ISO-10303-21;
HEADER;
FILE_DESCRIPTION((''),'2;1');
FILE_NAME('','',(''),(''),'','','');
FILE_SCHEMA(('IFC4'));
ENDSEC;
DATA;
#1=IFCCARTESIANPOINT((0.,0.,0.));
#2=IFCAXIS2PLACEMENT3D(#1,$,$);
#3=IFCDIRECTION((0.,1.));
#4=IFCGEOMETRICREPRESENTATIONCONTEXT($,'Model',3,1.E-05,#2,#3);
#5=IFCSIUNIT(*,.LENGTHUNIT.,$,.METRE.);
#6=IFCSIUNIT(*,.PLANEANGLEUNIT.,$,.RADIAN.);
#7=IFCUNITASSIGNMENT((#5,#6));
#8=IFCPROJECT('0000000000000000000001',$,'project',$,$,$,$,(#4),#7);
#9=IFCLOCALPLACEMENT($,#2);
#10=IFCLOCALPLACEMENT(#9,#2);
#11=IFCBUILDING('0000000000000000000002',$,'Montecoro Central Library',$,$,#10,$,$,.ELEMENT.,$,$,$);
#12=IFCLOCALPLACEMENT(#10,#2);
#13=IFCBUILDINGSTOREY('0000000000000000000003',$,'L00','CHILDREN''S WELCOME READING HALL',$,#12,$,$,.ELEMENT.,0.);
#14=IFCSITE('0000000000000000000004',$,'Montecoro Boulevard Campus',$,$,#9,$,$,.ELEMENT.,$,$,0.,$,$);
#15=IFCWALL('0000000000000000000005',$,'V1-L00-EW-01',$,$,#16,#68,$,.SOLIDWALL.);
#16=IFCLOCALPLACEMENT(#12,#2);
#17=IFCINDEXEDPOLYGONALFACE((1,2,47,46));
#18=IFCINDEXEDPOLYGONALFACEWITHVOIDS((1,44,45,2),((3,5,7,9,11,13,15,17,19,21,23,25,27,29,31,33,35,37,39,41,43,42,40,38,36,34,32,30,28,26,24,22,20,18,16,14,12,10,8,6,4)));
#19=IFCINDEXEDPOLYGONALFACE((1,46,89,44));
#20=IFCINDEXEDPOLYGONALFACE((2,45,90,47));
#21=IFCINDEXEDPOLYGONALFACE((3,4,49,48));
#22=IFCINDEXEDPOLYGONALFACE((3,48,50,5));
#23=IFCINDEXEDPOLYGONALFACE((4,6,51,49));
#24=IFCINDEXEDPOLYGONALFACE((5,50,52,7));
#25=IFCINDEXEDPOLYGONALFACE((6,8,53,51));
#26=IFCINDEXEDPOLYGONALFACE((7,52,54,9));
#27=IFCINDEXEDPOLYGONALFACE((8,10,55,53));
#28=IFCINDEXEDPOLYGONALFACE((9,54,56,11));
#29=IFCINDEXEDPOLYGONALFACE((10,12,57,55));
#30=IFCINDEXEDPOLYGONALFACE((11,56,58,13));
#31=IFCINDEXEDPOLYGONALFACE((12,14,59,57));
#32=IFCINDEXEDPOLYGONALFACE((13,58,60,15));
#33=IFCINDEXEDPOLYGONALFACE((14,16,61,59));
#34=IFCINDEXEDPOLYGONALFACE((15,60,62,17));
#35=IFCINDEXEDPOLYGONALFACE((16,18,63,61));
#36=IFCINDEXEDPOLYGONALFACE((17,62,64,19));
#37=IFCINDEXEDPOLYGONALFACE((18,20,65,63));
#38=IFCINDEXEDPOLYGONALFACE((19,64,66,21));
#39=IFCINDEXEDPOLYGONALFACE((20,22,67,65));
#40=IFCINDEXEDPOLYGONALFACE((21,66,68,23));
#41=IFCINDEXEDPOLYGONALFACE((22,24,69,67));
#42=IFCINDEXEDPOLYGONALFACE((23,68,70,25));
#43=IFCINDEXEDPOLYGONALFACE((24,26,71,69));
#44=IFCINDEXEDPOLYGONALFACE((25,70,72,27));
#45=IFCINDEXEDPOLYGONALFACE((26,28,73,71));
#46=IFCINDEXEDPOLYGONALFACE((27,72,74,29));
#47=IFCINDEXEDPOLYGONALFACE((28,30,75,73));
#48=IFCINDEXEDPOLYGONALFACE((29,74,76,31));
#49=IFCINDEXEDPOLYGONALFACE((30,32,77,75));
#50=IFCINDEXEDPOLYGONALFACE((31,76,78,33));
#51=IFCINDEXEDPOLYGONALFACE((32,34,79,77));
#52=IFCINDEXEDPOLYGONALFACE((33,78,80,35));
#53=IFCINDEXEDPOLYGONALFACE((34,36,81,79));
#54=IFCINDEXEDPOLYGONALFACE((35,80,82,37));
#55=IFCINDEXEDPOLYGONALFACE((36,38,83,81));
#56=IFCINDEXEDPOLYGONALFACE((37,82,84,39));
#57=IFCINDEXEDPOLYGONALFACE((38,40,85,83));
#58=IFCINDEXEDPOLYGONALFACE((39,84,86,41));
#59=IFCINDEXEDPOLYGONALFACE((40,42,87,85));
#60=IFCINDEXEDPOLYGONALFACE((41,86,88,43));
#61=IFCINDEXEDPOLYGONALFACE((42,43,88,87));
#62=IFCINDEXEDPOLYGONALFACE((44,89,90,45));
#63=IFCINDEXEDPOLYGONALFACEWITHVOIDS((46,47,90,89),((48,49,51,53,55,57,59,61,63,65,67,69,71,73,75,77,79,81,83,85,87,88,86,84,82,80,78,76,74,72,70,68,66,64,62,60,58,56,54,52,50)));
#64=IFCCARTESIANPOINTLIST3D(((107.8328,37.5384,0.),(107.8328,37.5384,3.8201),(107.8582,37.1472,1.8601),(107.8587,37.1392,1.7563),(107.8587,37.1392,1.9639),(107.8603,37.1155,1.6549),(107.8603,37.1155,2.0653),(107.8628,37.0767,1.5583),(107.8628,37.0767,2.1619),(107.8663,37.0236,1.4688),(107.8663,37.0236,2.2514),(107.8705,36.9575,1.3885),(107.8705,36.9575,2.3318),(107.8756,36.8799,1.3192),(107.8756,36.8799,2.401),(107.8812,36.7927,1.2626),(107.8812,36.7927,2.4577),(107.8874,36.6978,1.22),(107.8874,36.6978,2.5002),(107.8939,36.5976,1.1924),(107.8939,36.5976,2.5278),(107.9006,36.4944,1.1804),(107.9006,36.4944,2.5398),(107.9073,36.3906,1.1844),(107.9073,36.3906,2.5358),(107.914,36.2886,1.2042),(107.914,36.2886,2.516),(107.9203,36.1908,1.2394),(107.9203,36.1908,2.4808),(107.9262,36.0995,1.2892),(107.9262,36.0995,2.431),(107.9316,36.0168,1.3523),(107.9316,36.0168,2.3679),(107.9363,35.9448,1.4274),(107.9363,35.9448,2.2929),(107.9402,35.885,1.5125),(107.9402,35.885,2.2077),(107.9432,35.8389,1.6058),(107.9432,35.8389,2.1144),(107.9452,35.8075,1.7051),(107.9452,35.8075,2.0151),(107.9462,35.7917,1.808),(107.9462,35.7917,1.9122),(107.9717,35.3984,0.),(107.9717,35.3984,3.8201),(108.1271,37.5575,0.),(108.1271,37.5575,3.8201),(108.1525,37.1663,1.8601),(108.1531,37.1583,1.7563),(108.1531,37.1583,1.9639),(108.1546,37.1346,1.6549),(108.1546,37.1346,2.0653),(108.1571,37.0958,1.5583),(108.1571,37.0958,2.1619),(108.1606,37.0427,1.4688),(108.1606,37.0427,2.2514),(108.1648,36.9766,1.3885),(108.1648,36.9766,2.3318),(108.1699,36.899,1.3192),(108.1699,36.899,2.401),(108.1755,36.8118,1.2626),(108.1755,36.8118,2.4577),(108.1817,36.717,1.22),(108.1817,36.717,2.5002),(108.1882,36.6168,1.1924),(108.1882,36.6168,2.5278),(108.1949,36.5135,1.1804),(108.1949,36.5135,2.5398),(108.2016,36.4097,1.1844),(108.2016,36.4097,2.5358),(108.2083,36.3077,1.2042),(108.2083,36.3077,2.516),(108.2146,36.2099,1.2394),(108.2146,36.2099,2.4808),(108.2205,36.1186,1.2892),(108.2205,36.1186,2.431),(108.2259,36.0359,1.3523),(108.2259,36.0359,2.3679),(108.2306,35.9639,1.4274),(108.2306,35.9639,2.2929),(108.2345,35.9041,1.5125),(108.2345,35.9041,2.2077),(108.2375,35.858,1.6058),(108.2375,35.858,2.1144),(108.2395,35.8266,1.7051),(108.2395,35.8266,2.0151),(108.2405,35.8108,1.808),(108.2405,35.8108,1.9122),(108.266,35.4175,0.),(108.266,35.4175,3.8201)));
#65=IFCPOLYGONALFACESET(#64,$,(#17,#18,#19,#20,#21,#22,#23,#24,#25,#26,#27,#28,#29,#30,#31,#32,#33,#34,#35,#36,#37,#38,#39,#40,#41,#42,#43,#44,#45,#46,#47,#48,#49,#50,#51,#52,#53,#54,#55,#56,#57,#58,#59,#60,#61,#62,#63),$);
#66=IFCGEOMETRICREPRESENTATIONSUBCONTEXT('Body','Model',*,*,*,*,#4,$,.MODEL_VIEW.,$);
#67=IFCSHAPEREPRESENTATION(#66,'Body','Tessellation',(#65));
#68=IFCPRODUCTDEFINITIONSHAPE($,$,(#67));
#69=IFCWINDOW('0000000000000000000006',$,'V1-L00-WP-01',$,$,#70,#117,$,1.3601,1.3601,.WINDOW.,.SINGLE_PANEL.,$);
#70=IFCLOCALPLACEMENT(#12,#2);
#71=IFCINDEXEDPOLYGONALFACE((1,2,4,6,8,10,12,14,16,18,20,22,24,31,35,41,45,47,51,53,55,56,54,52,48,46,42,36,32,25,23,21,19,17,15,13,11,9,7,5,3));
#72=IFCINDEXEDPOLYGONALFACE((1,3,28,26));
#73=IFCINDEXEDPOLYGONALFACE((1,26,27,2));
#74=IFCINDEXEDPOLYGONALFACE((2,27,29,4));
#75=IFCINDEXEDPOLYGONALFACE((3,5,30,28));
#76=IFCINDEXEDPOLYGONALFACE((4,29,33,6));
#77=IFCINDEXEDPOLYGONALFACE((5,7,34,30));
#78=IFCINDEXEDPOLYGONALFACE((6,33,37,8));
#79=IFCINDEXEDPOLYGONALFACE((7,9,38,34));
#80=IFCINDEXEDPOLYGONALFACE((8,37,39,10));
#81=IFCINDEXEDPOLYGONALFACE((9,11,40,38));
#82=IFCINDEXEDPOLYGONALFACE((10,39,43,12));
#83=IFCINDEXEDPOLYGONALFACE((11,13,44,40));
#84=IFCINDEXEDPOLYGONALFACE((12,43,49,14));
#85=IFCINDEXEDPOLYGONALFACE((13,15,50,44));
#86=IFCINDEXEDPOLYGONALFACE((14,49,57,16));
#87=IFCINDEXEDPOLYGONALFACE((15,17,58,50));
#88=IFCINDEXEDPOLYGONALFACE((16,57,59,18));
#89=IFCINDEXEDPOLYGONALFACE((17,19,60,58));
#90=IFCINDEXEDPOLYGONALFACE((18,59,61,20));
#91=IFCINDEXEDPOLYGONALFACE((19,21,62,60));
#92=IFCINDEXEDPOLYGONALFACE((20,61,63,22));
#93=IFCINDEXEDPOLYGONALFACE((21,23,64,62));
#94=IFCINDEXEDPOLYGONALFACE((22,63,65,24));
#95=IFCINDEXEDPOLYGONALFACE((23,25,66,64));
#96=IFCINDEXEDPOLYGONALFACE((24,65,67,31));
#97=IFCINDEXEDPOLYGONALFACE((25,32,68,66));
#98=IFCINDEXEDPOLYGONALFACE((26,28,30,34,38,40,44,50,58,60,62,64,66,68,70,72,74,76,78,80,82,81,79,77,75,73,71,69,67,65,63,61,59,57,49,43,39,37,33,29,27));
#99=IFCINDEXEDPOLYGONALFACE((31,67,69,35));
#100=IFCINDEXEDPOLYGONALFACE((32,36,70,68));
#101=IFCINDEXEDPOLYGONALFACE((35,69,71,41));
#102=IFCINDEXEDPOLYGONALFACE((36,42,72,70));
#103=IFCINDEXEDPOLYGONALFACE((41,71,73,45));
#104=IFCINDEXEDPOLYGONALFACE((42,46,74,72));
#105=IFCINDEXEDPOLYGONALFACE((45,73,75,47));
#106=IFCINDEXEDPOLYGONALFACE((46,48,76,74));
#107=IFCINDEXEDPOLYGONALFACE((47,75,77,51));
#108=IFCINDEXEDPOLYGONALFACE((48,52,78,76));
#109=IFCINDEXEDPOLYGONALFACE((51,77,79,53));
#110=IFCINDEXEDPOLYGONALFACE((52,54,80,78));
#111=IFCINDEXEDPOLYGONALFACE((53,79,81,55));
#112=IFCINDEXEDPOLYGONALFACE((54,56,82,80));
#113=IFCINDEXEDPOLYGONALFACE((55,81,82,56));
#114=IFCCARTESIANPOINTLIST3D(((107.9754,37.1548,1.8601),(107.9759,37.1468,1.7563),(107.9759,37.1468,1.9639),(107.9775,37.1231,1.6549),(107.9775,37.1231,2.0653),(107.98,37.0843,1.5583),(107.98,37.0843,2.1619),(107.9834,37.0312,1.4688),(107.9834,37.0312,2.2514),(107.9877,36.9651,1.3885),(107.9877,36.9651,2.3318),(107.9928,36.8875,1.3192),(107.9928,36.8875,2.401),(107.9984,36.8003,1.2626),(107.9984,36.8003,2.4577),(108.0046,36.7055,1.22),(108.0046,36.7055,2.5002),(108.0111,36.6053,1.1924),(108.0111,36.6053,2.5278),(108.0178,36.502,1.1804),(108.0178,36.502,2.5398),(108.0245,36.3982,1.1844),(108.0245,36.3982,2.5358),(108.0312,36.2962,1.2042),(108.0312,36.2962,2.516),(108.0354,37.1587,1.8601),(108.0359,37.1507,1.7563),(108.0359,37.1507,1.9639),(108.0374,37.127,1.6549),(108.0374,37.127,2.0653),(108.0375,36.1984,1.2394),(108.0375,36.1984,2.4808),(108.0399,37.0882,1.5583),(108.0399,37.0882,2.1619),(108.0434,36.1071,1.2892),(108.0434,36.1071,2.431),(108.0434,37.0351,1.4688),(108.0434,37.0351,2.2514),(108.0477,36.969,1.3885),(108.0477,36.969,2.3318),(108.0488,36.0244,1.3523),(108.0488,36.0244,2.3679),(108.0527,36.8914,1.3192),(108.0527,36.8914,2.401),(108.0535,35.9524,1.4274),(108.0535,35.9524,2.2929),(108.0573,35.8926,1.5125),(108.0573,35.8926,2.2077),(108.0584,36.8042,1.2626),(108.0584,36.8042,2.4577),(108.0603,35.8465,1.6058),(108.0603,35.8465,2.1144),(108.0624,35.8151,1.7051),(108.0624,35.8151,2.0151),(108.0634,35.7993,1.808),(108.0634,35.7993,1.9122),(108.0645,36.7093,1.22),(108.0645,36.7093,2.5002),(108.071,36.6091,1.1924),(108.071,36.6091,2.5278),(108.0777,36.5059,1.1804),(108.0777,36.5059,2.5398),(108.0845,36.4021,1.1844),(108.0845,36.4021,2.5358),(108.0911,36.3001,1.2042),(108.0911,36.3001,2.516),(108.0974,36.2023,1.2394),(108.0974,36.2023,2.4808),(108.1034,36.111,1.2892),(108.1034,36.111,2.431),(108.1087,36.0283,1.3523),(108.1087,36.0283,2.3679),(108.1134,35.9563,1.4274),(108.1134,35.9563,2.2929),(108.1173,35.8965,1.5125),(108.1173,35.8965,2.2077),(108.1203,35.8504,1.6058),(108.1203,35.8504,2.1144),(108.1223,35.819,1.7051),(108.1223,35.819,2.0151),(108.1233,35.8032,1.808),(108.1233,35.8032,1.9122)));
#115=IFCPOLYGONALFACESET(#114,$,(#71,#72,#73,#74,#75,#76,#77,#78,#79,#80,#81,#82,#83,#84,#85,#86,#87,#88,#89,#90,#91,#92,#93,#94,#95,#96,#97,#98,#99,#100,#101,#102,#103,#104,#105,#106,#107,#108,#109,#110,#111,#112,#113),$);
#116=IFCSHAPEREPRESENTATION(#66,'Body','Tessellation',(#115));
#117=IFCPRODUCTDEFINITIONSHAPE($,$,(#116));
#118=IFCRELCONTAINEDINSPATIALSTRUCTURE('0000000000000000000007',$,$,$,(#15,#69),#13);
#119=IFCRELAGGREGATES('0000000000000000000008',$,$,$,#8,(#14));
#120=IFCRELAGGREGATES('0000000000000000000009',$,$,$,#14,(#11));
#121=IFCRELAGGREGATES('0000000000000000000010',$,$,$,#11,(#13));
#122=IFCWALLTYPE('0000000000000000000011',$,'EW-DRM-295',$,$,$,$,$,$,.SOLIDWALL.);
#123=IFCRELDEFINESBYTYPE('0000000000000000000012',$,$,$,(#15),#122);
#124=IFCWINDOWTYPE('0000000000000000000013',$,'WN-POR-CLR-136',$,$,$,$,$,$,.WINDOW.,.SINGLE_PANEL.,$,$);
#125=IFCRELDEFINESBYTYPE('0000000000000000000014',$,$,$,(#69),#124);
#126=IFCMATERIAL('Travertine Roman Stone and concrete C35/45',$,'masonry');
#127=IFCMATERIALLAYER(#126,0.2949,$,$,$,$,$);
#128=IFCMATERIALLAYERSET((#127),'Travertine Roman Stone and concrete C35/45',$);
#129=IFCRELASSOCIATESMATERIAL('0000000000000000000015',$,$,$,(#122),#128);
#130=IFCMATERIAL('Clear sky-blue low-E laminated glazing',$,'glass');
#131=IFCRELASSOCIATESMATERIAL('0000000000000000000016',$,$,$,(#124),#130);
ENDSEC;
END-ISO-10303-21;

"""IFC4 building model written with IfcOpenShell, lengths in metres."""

from ifc_helpers import new_model, si_unit, direction, frame, frame_2d, origin, place, context, subcontext, project, spatial, rectangle, circle, extrude, material, layer, layer_set, type_object, element, fill, save


model = new_model("IFC4")

# Units and contexts
model_context = context("Model", 3, precision=1e-05, world=origin(), true_north=direction((0.0, 1.0)))
body_context = subcontext(model_context, "Body", "Model", "MODEL_VIEW")
ifc_project = project(units=[si_unit("LENGTHUNIT", "METRE"), si_unit("PLANEANGLEUNIT", "RADIAN")], contexts=[model_context])

# Site, building, storey
site_placement = place(None, origin())
site = spatial("IfcSite", under=ifc_project, at=site_placement, Name="Montecoro Boulevard Campus", CompositionType="ELEMENT", RefElevation=0.0)
building_placement = place(site_placement, origin())
building = spatial("IfcBuilding", under=site, at=building_placement, Name="Montecoro Central Library", CompositionType="ELEMENT")
storey_placement = place(building_placement, origin())
storey = spatial("IfcBuildingStorey", under=building, at=storey_placement, Name="L00", Description="CHILDREN'S WELCOME READING HALL", CompositionType="ELEMENT", Elevation=0.0)

# Wall, opening, window
ifc_material_1 = material(Name="Travertine Roman Stone and concrete C35/45", Category="masonry")
ifc_layer_1 = layer(ifc_material_1, 0.2949)
ifc_layer_set_1 = layer_set([ifc_layer_1], Name="Travertine Roman Stone and concrete C35/45")
wall_type = type_object("IfcWallType", Name="EW-DRM-295", PredefinedType="SOLIDWALL", material=ifc_layer_set_1)
wall_1_placement = place(storey_placement, frame((108.1189, 35.408, 0.0), z_axis=(0.0, 0.0, 1.0), x_axis=(-0.064774, 0.9979, 0.0)))
wall_1 = element("IfcWall", 1, at=wall_1_placement, inside=storey, type_object=wall_type, Name="V1-L00-EW-01", PredefinedType="SOLIDWALL", context=body_context, shape_type="SweptSolid", body=[
    extrude(rectangle(XDim=2.1445, YDim=0.2949, at=frame_2d((1.0723, 0.0))), origin(), (0.0, 0.0, 1.0), 3.8201),
])
opening_1_placement = place(wall_1_placement, frame((0.3921, 0.0, 1.1799)))
opening_1 = element("IfcOpeningElement", 2, at=opening_1_placement, cuts=wall_1, PredefinedType="OPENING", context=body_context, shape_type="SweptSolid", body=[
    extrude(circle(Radius=0.6802, at=frame_2d((0.6802, 0.6802))), frame((0.0, 0.1575, 0.0), z_axis=(0.0, -1.0, 0.0), x_axis=(1.0, 0.0, 0.0)), (0.0, 0.0, 1.0), 0.3149),
])
ifc_material_2 = material(Name="Clear sky-blue low-E laminated glazing", Category="glass")
window_type_1 = type_object("IfcWindowType", Name="WN-POR-CLR-136", PartitioningType="SINGLE_PANEL", PredefinedType="WINDOW", material=ifc_material_2)
window_1_placement = place(opening_1_placement, origin())
window_1 = element("IfcWindow", 3, at=window_1_placement, inside=storey, type_object=window_type_1, Name="V1-L00-WP-01", OverallHeight=1.3601, OverallWidth=1.3601, PartitioningType="SINGLE_PANEL", PredefinedType="WINDOW", context=body_context, shape_type="SweptSolid", body=[
    extrude(circle(Radius=0.6802, at=frame_2d((0.6802, 0.6802))), frame((0.0, 0.03, 0.0), z_axis=(0.0, -1.0, 0.0), x_axis=(1.0, 0.0, 0.0)), (0.0, 0.0, 1.0), 0.0601),
])
fill(opening_1, window_1)

save(model, "model.ifc")
